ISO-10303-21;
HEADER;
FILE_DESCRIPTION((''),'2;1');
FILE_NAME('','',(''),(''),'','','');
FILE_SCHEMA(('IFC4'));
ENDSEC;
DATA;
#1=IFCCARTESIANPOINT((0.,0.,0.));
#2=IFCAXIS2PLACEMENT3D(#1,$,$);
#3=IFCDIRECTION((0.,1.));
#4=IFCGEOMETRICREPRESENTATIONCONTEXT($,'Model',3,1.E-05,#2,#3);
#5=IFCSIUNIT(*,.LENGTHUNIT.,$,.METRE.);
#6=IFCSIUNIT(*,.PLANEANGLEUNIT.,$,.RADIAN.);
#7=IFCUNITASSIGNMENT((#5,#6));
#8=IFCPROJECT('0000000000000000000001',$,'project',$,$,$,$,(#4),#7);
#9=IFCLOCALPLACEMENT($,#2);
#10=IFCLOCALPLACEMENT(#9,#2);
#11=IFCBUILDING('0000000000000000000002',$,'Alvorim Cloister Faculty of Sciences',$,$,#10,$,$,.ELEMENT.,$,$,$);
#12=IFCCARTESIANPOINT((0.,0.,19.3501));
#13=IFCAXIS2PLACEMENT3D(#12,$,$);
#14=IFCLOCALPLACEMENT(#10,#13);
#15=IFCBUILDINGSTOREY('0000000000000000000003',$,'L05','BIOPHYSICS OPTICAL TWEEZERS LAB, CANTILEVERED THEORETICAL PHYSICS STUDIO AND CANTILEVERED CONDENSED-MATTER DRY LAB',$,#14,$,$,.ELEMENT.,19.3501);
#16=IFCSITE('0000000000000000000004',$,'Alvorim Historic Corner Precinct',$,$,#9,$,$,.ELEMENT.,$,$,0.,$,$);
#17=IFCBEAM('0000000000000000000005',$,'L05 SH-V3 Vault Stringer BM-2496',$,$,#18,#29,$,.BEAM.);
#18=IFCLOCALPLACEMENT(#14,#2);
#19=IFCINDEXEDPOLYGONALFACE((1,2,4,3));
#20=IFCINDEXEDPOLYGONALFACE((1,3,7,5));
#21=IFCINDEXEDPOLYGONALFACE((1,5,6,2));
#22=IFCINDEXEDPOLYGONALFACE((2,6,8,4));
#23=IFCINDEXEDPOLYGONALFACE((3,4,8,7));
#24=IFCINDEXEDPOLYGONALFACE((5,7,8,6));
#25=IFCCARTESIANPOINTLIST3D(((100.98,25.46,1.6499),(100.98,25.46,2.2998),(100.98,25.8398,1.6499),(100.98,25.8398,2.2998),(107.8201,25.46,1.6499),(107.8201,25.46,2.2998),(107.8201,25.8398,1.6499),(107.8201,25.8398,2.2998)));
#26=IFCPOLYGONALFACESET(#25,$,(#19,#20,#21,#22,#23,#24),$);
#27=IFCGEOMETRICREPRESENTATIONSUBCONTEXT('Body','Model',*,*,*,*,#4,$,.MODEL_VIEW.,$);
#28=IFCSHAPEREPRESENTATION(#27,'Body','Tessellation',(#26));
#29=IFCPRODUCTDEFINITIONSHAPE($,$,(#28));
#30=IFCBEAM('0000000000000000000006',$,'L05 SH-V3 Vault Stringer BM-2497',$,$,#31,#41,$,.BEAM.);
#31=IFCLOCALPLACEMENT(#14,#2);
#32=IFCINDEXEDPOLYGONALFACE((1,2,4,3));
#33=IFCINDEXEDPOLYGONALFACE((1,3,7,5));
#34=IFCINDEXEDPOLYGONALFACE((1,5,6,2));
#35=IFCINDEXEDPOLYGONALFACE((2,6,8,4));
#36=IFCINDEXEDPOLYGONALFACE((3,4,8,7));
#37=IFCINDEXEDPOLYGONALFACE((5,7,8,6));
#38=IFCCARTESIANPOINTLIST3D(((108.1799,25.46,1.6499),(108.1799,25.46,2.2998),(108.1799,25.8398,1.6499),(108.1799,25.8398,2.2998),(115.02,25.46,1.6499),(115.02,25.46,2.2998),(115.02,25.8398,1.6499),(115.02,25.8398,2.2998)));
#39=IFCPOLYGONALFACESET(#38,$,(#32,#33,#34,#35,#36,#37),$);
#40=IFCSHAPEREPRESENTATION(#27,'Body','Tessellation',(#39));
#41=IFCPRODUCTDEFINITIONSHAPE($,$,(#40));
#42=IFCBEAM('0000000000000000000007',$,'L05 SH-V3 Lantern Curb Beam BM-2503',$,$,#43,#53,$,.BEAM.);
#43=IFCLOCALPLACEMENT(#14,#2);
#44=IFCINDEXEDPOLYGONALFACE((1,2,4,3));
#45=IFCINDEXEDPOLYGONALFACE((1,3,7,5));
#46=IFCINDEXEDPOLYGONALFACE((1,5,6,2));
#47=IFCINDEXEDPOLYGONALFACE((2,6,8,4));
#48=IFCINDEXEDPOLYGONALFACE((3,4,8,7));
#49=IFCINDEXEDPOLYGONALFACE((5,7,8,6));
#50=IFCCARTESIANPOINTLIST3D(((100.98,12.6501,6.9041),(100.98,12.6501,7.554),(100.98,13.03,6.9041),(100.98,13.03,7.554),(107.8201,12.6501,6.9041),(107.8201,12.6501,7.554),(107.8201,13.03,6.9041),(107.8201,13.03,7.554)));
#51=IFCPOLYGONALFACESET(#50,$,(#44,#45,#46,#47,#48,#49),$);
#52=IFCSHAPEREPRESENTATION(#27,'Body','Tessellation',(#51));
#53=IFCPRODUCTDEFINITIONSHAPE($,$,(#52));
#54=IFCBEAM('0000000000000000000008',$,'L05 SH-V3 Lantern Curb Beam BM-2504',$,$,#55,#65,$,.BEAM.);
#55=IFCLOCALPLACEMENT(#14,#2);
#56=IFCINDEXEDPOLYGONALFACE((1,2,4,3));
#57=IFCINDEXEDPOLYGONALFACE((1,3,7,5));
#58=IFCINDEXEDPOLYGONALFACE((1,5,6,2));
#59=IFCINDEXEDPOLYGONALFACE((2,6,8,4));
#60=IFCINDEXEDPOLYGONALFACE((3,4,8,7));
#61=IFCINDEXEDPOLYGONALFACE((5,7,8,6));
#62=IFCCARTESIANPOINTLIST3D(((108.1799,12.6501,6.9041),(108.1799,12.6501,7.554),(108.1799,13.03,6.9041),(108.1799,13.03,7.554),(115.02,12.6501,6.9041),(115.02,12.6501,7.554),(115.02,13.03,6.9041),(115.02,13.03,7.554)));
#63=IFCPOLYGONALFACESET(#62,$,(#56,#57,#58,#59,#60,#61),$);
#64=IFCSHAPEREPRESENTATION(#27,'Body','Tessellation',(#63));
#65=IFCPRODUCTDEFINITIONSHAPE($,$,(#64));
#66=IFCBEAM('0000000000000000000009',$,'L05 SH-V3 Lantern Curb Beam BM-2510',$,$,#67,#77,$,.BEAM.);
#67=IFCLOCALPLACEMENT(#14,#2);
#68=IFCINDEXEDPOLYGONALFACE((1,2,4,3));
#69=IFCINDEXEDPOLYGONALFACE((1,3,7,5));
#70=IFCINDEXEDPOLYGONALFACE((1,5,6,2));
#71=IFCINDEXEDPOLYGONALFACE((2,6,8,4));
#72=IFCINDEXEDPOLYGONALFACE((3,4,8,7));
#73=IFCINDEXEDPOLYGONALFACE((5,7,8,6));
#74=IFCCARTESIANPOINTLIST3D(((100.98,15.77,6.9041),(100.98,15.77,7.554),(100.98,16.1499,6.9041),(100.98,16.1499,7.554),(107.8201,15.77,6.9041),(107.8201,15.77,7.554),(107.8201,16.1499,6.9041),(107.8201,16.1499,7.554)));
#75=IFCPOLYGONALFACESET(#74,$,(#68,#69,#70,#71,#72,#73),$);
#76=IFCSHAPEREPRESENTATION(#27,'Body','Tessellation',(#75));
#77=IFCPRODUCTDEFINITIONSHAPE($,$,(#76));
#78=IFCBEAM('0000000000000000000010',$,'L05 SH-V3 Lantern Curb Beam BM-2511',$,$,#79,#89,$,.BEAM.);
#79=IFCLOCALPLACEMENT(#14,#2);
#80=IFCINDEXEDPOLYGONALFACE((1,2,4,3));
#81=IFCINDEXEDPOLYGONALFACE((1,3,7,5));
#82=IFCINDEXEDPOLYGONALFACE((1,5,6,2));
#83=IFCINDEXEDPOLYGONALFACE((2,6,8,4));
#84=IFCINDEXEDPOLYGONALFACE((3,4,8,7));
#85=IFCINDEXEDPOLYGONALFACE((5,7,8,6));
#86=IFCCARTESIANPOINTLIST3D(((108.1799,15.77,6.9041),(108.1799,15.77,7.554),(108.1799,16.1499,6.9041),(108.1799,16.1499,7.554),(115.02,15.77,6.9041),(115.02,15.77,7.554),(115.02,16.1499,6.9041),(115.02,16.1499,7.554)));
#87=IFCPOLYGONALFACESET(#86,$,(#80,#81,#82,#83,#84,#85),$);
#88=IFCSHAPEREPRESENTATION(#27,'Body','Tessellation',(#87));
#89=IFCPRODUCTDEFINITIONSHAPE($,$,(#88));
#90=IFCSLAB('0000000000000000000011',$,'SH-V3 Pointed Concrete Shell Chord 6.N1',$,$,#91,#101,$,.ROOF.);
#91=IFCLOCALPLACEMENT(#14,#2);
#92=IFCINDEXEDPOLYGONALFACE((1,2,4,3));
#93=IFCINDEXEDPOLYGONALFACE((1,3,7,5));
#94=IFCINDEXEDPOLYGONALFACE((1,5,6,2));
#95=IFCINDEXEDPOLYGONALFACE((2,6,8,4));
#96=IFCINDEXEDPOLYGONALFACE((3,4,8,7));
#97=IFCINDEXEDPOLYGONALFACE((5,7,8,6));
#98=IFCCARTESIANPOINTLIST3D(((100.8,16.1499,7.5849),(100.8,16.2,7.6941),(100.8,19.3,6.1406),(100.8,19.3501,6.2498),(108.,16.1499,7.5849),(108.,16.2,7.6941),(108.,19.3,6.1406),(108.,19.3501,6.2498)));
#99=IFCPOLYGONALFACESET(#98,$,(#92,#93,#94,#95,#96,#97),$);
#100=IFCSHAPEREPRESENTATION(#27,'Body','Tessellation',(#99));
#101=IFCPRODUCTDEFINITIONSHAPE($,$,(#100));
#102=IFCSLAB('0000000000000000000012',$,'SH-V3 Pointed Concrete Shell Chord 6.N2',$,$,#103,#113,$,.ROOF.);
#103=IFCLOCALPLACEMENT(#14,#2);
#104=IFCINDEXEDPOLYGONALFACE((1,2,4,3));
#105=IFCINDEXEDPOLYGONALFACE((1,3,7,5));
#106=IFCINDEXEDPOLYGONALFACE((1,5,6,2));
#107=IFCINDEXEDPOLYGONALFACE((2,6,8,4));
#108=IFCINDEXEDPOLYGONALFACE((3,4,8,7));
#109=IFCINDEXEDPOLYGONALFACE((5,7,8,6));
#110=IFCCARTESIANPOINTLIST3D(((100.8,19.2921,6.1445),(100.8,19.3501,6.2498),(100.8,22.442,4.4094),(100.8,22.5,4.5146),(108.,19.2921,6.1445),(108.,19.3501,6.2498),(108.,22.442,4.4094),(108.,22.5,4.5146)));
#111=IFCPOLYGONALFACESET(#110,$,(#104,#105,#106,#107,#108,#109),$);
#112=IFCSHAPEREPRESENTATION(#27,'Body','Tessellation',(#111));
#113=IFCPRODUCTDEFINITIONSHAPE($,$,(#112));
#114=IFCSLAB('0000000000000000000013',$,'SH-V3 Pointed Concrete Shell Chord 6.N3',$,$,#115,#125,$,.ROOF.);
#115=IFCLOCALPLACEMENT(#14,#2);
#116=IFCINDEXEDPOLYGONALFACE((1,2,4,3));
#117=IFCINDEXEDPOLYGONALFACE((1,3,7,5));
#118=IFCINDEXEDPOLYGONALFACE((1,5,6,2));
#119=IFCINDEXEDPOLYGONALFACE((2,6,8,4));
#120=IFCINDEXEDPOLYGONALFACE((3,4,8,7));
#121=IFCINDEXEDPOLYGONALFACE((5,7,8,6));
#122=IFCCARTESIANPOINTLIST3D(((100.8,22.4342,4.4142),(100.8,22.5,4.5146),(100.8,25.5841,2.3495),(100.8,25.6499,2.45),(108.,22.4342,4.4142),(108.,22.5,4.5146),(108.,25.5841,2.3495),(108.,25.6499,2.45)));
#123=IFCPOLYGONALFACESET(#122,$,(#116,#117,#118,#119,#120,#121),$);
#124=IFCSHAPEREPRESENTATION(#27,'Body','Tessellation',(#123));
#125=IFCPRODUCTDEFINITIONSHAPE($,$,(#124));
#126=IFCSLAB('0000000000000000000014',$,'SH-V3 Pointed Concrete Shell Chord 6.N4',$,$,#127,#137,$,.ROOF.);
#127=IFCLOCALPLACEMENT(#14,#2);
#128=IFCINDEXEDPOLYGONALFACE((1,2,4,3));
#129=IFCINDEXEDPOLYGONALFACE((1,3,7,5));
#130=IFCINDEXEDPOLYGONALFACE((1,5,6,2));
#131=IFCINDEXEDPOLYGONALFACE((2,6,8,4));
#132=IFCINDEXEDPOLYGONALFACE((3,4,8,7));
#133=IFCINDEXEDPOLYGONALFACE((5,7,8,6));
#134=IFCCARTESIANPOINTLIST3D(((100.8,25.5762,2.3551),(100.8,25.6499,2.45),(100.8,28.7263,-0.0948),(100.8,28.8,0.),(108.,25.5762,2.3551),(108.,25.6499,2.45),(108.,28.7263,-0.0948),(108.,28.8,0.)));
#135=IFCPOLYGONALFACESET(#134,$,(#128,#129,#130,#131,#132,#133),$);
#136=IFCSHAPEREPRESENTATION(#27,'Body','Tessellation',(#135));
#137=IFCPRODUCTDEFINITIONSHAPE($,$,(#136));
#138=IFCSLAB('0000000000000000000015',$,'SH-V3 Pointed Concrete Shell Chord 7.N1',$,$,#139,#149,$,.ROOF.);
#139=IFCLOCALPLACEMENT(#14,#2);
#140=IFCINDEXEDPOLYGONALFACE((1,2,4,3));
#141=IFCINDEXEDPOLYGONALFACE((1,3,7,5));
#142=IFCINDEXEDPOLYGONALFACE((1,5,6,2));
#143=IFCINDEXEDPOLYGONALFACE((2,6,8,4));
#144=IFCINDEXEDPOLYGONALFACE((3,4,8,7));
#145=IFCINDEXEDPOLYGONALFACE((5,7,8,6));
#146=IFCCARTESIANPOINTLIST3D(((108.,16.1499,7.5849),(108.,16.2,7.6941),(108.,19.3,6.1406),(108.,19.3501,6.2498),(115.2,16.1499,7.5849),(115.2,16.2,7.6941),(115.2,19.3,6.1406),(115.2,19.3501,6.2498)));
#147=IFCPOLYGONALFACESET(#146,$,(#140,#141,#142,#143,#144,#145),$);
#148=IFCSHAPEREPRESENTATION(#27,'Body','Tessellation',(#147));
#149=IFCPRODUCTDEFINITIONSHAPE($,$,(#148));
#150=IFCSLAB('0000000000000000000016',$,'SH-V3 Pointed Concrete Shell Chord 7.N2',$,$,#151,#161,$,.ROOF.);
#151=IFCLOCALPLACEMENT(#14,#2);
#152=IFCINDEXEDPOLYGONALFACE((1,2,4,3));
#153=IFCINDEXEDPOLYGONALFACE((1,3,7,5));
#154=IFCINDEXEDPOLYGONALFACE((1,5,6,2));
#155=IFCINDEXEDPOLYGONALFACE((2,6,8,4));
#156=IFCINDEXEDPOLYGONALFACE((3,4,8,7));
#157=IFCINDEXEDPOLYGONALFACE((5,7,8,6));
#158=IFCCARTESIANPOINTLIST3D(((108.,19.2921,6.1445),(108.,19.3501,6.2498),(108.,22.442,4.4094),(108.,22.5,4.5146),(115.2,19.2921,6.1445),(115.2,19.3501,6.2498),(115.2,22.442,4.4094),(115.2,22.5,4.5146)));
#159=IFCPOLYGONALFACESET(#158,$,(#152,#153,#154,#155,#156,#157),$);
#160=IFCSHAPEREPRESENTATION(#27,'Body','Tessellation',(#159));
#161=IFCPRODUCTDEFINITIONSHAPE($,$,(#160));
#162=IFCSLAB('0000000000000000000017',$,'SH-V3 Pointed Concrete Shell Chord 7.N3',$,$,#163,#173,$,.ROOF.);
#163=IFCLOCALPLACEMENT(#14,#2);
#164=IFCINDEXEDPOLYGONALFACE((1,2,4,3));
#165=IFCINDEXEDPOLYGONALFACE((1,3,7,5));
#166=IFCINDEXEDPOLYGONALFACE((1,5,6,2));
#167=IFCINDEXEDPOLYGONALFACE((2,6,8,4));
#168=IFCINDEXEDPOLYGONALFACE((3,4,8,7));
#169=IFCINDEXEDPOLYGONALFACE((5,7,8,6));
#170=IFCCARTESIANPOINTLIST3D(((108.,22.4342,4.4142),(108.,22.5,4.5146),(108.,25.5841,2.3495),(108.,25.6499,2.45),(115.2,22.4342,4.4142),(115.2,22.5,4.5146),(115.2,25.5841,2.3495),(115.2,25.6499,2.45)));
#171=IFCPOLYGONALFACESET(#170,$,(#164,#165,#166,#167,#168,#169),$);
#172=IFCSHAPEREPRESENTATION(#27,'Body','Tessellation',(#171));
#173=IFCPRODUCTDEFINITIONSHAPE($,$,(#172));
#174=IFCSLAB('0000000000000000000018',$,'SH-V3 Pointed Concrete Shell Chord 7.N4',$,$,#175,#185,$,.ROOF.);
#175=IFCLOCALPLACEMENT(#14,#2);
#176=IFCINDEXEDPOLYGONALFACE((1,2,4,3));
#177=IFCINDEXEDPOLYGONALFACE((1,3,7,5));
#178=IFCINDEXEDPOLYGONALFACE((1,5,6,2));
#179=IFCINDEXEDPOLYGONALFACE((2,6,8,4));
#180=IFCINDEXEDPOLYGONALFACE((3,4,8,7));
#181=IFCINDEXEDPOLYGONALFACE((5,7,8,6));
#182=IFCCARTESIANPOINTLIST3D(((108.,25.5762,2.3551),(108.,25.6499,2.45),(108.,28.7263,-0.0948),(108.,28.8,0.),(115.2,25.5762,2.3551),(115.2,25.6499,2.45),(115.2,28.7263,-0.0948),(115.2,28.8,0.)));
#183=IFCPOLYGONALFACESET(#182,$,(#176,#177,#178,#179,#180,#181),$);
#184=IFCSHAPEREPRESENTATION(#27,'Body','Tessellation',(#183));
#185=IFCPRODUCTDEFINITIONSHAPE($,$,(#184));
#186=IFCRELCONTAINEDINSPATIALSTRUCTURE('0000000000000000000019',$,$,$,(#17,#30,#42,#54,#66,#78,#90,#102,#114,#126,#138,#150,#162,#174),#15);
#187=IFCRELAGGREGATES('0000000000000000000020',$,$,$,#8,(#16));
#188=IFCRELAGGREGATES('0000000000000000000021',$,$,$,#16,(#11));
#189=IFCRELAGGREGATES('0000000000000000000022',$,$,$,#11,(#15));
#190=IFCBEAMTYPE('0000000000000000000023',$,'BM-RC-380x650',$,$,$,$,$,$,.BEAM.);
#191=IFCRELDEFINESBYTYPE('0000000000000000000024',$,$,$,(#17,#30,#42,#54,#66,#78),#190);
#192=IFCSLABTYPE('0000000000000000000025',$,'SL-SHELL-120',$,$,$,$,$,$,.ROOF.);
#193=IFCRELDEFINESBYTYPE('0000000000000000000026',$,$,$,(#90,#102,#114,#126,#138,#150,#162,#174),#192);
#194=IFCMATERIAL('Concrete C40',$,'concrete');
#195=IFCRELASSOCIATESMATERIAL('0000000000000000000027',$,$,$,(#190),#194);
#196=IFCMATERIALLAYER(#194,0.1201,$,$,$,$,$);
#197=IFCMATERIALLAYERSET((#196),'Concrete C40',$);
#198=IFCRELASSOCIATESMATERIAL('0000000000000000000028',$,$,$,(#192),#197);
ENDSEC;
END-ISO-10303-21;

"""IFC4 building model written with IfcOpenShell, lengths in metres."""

from ifc_helpers import new_model, si_unit, direction, frame, origin, origin_2d, place, context, subcontext, project, spatial, polyline, rectangle, outline, extrude, material, layer, layer_set, material_profile, profile_set, type_object, element, save


model = new_model("IFC4")

# Units and contexts
model_context = context("Model", 3, precision=1e-05, world=origin(), true_north=direction((0.0, 1.0)))
body_context = subcontext(model_context, "Body", "Model", "MODEL_VIEW")
ifc_project = project(units=[si_unit("LENGTHUNIT", "METRE"), si_unit("PLANEANGLEUNIT", "RADIAN")], contexts=[model_context])

# Site, building, storey
site_placement = place(None, origin())
site = spatial("IfcSite", under=ifc_project, at=site_placement, Name="Alvorim Historic Corner Precinct", CompositionType="ELEMENT", RefElevation=0.0)
building_placement = place(site_placement, origin())
building = spatial("IfcBuilding", under=site, at=building_placement, Name="Alvorim Cloister Faculty of Sciences", CompositionType="ELEMENT")
storey_placement = place(building_placement, frame((0.0, 0.0, 19.3501)))
storey = spatial("IfcBuildingStorey", under=building, at=storey_placement, Name="L05", Description="BIOPHYSICS OPTICAL TWEEZERS LAB, CANTILEVERED THEORETICAL PHYSICS STUDIO AND CANTILEVERED CONDENSED-MATTER DRY LAB", CompositionType="ELEMENT", Elevation=19.3501)

# Beams
ifc_material = material(Name="Concrete C40", Category="concrete")
ifc_material_profile_1 = material_profile(ifc_material, rectangle(XDim=0.3799, YDim=0.6499, at=origin_2d()), Name="RC40-BM-380x650")
ifc_profile_set_1 = profile_set([ifc_material_profile_1], Name="Concrete C40")
beam_type_1 = type_object("IfcBeamType", Name="BM-RC-380x650", PredefinedType="BEAM", material=ifc_profile_set_1)
for number, where, z_axis, x_axis, name in (
    (1, (100.98, 25.6499, 1.9749), (1.0, 0.0, 0.0), (0.0, 1.0, 0.0), "L05 SH-V3 Vault Stringer BM-2496"),
    (2, (108.1799, 25.6499, 1.9749), (1.0, 0.0, 0.0), (0.0, 1.0, 0.0), "L05 SH-V3 Vault Stringer BM-2497"),
    (3, (100.98, 12.8401, 7.229), (1.0, 0.0, 0.0), (0.0, 1.0, 0.0), "L05 SH-V3 Lantern Curb Beam BM-2503"),
    (4, (108.1799, 12.8401, 7.229), (1.0, 0.0, 0.0), (0.0, 1.0, 0.0), "L05 SH-V3 Lantern Curb Beam BM-2504"),
    (5, (100.98, 15.96, 7.229), (1.0, 0.0, 0.0), (0.0, 1.0, 0.0), "L05 SH-V3 Lantern Curb Beam BM-2510"),
    (6, (108.1799, 15.96, 7.229), (1.0, 0.0, 0.0), (0.0, 1.0, 0.0), "L05 SH-V3 Lantern Curb Beam BM-2511"),
):
    element("IfcBeam", number, at=place(storey_placement, frame(where, z_axis=z_axis, x_axis=x_axis)), inside=storey, type_object=beam_type_1, Name=name, PredefinedType="BEAM", context=body_context, shape_type="SweptSolid", body=[
        extrude(rectangle(XDim=0.3799, YDim=0.6499, at=origin_2d()), origin(), (0.0, 0.0, 1.0), 6.8401),
    ])

# Slabs
ifc_layer = layer(ifc_material, 0.1201)
ifc_layer_set = layer_set([ifc_layer], Name="Concrete C40")
slab_type = type_object("IfcSlabType", Name="SL-SHELL-120", PredefinedType="ROOF", material=ifc_layer_set)
slab_1_placement = place(storey_placement, frame((100.8, 16.2, 7.6941), z_axis=(0.0, 0.416778, 0.909008), x_axis=(1.0, 0.0, 0.0)))
element("IfcSlab", 7, at=slab_1_placement, inside=storey, type_object=slab_type, Name="SH-V3 Pointed Concrete Shell Chord 6.N1", PredefinedType="ROOF", context=body_context, shape_type="SweptSolid", body=[
    extrude(outline(polyline([(0.0, 0.0), (7.2, 0.0), (7.2, 3.4655), (0.0, 3.4655), (0.0, 0.0)])), origin(), (0.0, 0.0, -1.0), 0.1201),
])
slab_2_placement = place(storey_placement, frame((100.8, 19.3501, 6.2498), z_axis=(0.0, 0.482487, 0.875903), x_axis=(1.0, 0.0, 0.0)))
element("IfcSlab", 8, at=slab_2_placement, inside=storey, type_object=slab_type, Name="SH-V3 Pointed Concrete Shell Chord 6.N2", PredefinedType="ROOF", context=body_context, shape_type="SweptSolid", body=[
    extrude(outline(polyline([(0.0, 0.0), (7.2, 0.0), (7.2, 3.5962), (0.0, 3.5962), (0.0, 0.0)])), origin(), (0.0, 0.0, -1.0), 0.1201),
])
slab_3_placement = place(storey_placement, frame((100.8, 22.5, 4.5146), z_axis=(0.0, 0.548206, 0.836343), x_axis=(1.0, 0.0, 0.0)))
element("IfcSlab", 9, at=slab_3_placement, inside=storey, type_object=slab_type, Name="SH-V3 Pointed Concrete Shell Chord 6.N3", PredefinedType="ROOF", context=body_context, shape_type="SweptSolid", body=[
    extrude(outline(polyline([(0.0, 0.0), (7.2, 0.0), (7.2, 3.7663), (0.0, 3.7663), (0.0, 0.0)])), origin(), (0.0, 0.0, -1.0), 0.1201),
])
slab_4_placement = place(storey_placement, frame((100.8, 25.6499, 2.45), z_axis=(0.0, 0.613915, 0.789372), x_axis=(1.0, 0.0, 0.0)))
element("IfcSlab", 10, at=slab_4_placement, inside=storey, type_object=slab_type, Name="SH-V3 Pointed Concrete Shell Chord 6.N4", PredefinedType="ROOF", context=body_context, shape_type="SweptSolid", body=[
    extrude(outline(polyline([(0.0, 0.0), (7.2, 0.0), (7.2, 3.9907), (0.0, 3.9907), (0.0, 0.0)])), origin(), (0.0, 0.0, -1.0), 0.1201),
])
slab_5_placement = place(storey_placement, frame((108.0, 16.2, 7.6941), z_axis=(0.0, 0.416778, 0.909008), x_axis=(1.0, 0.0, 0.0)))
element("IfcSlab", 11, at=slab_5_placement, inside=storey, type_object=slab_type, Name="SH-V3 Pointed Concrete Shell Chord 7.N1", PredefinedType="ROOF", context=body_context, shape_type="SweptSolid", body=[
    extrude(outline(polyline([(0.0, 0.0), (7.2, 0.0), (7.2, 3.4655), (0.0, 3.4655), (0.0, 0.0)])), origin(), (0.0, 0.0, -1.0), 0.1201),
])
slab_6_placement = place(storey_placement, frame((108.0, 19.3501, 6.2498), z_axis=(0.0, 0.482487, 0.875903), x_axis=(1.0, 0.0, 0.0)))
element("IfcSlab", 12, at=slab_6_placement, inside=storey, type_object=slab_type, Name="SH-V3 Pointed Concrete Shell Chord 7.N2", PredefinedType="ROOF", context=body_context, shape_type="SweptSolid", body=[
    extrude(outline(polyline([(0.0, 0.0), (7.2, 0.0), (7.2, 3.5962), (0.0, 3.5962), (0.0, 0.0)])), origin(), (0.0, 0.0, -1.0), 0.1201),
])
slab_7_placement = place(storey_placement, frame((108.0, 22.5, 4.5146), z_axis=(0.0, 0.548206, 0.836343), x_axis=(1.0, 0.0, 0.0)))
element("IfcSlab", 13, at=slab_7_placement, inside=storey, type_object=slab_type, Name="SH-V3 Pointed Concrete Shell Chord 7.N3", PredefinedType="ROOF", context=body_context, shape_type="SweptSolid", body=[
    extrude(outline(polyline([(0.0, 0.0), (7.2, 0.0), (7.2, 3.7663), (0.0, 3.7663), (0.0, 0.0)])), origin(), (0.0, 0.0, -1.0), 0.1201),
])
slab_8_placement = place(storey_placement, frame((108.0, 25.6499, 2.45), z_axis=(0.0, 0.613915, 0.789372), x_axis=(1.0, 0.0, 0.0)))
element("IfcSlab", 14, at=slab_8_placement, inside=storey, type_object=slab_type, Name="SH-V3 Pointed Concrete Shell Chord 7.N4", PredefinedType="ROOF", context=body_context, shape_type="SweptSolid", body=[
    extrude(outline(polyline([(0.0, 0.0), (7.2, 0.0), (7.2, 3.9907), (0.0, 3.9907), (0.0, 0.0)])), origin(), (0.0, 0.0, -1.0), 0.1201),
])

save(model, "model.ifc")
